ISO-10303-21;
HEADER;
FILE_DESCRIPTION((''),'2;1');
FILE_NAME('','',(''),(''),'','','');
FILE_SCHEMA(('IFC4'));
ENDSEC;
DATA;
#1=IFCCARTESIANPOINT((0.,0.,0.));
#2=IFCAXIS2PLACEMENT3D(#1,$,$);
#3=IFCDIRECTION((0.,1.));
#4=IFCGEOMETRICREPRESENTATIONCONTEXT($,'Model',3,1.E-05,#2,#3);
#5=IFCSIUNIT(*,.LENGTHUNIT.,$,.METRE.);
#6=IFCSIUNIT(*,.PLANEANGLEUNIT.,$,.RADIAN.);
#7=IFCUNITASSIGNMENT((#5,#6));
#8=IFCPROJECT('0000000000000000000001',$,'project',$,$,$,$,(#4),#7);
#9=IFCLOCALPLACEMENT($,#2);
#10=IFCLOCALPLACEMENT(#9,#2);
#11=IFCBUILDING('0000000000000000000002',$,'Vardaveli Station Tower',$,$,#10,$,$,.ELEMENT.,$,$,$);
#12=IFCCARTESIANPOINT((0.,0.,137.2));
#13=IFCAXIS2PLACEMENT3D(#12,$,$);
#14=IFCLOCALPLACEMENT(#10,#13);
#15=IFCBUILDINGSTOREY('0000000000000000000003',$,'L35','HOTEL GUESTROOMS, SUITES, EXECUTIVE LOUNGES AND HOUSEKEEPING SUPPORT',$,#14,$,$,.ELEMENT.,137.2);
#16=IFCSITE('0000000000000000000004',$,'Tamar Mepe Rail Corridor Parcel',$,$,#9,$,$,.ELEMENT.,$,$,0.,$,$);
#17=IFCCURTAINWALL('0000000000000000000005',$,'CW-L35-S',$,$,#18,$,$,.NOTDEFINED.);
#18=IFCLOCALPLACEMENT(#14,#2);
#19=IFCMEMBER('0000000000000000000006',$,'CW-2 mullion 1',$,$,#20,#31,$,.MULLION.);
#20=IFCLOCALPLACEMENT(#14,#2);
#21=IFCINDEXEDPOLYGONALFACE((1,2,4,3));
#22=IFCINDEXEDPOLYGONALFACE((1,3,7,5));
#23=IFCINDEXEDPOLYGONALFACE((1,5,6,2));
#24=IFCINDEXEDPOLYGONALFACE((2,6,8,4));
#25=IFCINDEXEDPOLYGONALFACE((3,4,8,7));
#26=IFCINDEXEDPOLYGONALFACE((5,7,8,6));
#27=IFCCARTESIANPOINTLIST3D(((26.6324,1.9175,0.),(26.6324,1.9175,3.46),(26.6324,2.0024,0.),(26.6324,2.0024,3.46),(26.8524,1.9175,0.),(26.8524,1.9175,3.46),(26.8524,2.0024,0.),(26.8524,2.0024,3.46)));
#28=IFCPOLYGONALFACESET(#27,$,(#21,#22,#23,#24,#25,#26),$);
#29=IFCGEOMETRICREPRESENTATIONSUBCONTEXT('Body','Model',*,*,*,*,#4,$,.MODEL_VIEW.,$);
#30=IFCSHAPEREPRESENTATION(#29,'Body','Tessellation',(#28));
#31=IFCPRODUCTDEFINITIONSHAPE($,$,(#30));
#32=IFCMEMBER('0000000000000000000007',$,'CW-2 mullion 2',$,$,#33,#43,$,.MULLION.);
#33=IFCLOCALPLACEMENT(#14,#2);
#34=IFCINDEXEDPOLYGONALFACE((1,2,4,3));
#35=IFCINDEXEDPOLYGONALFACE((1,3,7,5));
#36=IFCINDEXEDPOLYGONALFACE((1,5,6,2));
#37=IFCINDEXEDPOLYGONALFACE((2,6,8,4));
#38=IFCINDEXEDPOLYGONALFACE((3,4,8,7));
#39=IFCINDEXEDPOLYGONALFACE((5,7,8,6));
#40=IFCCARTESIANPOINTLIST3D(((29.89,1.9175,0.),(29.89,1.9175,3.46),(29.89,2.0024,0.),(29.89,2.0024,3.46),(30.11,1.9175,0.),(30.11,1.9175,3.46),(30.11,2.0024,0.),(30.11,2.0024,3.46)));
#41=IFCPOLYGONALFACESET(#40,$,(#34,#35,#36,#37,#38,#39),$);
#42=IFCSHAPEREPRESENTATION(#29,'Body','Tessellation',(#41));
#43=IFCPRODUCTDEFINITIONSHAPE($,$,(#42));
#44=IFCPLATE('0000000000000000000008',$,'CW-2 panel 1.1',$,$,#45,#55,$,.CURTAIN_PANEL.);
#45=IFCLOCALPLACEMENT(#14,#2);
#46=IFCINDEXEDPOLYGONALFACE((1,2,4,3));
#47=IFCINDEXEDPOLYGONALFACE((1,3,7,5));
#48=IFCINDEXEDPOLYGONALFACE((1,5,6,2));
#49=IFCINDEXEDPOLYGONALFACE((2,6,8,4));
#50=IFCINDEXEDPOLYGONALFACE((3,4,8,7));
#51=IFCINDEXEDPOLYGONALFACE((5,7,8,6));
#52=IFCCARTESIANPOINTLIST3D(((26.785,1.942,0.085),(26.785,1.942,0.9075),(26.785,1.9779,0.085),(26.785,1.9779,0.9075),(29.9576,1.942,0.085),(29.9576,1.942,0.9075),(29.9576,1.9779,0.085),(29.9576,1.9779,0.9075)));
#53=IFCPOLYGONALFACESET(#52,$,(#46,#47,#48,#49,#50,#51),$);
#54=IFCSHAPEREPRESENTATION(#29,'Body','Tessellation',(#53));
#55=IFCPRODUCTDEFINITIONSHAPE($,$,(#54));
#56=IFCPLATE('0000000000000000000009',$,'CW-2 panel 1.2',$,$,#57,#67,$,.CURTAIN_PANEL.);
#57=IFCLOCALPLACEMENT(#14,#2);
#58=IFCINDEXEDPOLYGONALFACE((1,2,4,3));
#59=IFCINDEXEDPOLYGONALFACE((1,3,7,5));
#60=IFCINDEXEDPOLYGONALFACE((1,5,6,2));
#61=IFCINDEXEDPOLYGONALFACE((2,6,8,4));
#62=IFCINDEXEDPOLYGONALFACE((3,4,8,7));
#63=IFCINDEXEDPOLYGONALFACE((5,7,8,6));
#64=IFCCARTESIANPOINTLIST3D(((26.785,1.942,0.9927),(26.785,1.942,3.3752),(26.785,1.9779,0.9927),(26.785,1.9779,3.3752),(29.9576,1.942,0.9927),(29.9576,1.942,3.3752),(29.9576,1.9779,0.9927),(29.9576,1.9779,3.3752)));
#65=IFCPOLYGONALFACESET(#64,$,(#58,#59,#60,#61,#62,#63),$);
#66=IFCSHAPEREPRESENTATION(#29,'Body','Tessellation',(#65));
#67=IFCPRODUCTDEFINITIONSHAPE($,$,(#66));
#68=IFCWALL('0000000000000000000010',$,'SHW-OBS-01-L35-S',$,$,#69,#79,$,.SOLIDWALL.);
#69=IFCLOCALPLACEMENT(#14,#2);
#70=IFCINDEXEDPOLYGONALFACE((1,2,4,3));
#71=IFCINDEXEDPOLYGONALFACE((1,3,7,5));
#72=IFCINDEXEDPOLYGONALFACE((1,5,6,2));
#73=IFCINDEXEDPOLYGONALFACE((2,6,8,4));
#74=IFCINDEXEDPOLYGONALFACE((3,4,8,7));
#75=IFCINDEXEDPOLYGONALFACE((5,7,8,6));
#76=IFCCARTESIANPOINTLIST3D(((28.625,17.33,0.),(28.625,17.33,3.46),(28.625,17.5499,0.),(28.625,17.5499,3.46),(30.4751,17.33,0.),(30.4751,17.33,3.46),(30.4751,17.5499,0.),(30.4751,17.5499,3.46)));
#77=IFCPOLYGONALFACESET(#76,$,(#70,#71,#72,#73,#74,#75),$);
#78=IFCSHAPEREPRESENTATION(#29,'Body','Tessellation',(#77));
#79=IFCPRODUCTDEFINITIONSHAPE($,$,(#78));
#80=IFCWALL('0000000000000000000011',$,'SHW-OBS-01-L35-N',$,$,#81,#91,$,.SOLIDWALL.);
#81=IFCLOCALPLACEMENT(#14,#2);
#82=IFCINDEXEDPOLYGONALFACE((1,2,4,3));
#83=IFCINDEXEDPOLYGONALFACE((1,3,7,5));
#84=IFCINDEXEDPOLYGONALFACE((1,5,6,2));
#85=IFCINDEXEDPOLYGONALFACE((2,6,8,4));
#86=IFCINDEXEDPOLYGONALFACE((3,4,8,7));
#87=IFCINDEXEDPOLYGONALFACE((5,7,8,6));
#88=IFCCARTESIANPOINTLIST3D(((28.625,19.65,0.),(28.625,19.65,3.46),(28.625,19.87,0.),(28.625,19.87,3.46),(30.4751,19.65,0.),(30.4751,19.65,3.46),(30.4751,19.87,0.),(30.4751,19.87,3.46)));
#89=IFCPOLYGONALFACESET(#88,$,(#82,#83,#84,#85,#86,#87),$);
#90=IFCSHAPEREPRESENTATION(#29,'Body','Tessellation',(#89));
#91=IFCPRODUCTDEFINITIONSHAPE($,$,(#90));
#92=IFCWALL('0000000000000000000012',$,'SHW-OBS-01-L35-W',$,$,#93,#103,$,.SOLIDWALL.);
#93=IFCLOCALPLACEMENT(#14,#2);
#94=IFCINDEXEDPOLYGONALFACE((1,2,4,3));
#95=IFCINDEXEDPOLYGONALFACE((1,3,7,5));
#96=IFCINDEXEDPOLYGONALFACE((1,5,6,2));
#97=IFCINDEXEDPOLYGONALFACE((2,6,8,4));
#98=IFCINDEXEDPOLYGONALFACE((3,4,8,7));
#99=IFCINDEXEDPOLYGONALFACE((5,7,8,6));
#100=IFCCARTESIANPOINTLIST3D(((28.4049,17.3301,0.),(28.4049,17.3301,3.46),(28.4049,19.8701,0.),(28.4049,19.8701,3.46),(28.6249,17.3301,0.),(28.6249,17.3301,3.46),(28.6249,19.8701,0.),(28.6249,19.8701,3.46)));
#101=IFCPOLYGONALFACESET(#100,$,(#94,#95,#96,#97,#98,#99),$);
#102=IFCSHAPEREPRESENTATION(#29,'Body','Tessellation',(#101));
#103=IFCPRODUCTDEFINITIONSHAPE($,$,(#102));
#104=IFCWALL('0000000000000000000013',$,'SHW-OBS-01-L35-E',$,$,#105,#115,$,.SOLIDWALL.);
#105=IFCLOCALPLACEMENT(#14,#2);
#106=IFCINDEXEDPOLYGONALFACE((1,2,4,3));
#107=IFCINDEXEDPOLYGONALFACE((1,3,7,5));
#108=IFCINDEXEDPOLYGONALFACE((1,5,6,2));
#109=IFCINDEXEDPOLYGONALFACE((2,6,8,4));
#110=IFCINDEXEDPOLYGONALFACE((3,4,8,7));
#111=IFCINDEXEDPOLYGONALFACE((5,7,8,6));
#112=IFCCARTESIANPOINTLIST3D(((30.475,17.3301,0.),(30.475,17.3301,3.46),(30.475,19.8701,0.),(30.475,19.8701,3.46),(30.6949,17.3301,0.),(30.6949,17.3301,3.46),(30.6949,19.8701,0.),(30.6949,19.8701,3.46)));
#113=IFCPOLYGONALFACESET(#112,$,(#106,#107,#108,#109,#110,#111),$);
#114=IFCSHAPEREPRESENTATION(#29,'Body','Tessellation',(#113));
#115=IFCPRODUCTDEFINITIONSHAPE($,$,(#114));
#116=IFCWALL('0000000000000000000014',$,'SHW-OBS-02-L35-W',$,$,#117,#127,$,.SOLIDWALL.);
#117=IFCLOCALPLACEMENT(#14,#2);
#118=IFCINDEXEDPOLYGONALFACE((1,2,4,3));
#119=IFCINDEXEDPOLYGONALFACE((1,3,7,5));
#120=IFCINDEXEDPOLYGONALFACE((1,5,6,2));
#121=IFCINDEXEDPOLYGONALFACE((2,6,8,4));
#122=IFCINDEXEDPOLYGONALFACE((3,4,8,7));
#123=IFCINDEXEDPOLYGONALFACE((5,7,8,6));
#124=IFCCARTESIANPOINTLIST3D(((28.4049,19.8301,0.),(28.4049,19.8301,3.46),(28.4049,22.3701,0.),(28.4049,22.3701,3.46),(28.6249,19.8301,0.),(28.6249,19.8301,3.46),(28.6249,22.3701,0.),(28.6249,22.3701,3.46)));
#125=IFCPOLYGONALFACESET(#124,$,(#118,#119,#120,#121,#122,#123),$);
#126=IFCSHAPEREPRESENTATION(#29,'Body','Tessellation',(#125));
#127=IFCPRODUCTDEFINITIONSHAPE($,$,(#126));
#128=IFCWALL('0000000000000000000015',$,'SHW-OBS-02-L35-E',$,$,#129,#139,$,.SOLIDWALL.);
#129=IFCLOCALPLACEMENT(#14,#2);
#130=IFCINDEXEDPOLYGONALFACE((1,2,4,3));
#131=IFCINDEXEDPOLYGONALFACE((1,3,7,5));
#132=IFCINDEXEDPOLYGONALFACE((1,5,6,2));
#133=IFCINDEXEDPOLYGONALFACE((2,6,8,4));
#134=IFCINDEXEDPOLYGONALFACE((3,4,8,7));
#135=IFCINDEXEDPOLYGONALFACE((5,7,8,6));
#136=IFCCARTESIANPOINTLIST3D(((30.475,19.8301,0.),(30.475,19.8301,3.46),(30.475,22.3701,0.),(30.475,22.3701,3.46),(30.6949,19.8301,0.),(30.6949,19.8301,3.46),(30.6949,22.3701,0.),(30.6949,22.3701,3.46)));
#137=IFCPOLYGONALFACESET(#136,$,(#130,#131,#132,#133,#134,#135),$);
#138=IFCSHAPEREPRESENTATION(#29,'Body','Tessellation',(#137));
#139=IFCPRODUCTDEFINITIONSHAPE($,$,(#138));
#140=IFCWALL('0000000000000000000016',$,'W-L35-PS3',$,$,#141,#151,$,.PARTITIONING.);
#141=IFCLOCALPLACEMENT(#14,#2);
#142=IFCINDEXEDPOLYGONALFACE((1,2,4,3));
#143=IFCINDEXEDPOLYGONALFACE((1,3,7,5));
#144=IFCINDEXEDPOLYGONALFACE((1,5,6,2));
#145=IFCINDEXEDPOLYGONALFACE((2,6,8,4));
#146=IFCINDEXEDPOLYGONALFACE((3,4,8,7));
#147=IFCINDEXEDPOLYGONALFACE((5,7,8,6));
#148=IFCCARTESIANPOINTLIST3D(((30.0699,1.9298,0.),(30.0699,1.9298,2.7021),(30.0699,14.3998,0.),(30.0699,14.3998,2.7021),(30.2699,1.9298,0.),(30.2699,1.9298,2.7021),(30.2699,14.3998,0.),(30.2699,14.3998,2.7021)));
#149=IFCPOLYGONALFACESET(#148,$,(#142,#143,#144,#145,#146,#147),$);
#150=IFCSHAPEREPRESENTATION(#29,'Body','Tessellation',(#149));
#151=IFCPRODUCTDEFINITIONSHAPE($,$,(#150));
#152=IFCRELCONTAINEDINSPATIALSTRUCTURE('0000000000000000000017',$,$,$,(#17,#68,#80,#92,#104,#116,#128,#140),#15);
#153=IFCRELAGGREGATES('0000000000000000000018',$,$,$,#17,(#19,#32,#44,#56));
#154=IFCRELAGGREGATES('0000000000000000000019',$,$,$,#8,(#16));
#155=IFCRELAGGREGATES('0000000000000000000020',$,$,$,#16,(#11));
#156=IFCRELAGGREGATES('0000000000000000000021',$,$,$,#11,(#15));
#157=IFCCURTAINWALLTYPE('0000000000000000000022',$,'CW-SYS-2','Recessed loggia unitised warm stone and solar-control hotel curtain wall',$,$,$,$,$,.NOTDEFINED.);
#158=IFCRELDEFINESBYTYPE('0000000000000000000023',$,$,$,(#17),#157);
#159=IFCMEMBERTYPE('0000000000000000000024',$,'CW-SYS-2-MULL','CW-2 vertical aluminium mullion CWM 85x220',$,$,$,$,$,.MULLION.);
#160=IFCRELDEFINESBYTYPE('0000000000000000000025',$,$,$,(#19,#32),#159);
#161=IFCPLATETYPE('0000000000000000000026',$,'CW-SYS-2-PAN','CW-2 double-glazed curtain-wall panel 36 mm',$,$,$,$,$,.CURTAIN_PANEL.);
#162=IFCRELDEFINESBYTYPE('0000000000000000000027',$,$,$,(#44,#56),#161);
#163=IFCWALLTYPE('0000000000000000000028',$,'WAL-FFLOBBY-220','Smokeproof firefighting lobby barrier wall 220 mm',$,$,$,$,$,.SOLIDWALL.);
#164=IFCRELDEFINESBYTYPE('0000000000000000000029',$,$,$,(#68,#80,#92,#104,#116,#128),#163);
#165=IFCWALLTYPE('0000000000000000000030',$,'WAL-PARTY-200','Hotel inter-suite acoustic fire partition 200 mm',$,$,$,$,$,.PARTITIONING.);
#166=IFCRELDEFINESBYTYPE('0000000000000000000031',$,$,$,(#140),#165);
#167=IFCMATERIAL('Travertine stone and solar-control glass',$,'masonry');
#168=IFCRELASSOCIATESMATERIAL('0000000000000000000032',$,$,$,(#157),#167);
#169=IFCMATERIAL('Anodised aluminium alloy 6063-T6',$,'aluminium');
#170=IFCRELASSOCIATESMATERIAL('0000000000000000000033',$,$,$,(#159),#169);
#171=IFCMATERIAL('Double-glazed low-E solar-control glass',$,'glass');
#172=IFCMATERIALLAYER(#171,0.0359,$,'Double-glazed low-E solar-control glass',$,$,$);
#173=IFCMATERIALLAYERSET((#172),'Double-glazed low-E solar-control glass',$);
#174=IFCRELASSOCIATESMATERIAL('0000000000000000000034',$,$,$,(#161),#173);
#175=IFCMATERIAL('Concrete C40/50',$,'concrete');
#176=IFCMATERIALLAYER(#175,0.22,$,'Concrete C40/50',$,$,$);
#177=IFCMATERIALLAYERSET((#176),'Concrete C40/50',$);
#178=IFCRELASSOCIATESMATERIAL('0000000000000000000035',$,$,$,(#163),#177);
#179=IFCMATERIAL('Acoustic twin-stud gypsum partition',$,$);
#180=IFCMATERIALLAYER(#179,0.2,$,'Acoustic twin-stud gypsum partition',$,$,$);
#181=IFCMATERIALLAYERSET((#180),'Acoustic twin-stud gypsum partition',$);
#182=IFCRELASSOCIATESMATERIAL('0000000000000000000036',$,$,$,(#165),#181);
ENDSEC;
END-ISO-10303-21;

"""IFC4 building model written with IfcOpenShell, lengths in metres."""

from ifc_helpers import new_model, si_unit, direction, frame, frame_2d, origin, origin_2d, place, context, subcontext, project, spatial, rectangle, extrude, source, transform, mapped, material, layer, layer_set, material_profile, profile_set, type_object, element, aggregate, save


model = new_model("IFC4")

# Units and contexts
model_context = context("Model", 3, precision=1e-05, world=origin(), true_north=direction((0.0, 1.0)))
body_context = subcontext(model_context, "Body", "Model", "MODEL_VIEW")
ifc_project = project(units=[si_unit("LENGTHUNIT", "METRE"), si_unit("PLANEANGLEUNIT", "RADIAN")], contexts=[model_context])

# Site, building, storey
site_placement = place(None, origin())
site = spatial("IfcSite", under=ifc_project, at=site_placement, Name="Tamar Mepe Rail Corridor Parcel", CompositionType="ELEMENT", RefElevation=0.0)
building_placement = place(site_placement, origin())
building = spatial("IfcBuilding", under=site, at=building_placement, Name="Vardaveli Station Tower", CompositionType="ELEMENT")
storey_placement = place(building_placement, frame((0.0, 0.0, 137.2)))
storey = spatial("IfcBuildingStorey", under=building, at=storey_placement, Name="L35", Description="HOTEL GUESTROOMS, SUITES, EXECUTIVE LOUNGES AND HOUSEKEEPING SUPPORT", CompositionType="ELEMENT", Elevation=137.2)

# Curtain wall, members, plates
ifc_material_1 = material(Name="Travertine stone and solar-control glass", Category="masonry")
curtain_wall_type = type_object("IfcCurtainWallType", Name="CW-SYS-2", Description="Recessed loggia unitised warm stone and solar-control hotel curtain wall", PredefinedType="NOTDEFINED", material=ifc_material_1)
curtain_wall_placement = place(storey_placement, origin())
curtain_wall = element("IfcCurtainWall", 1, at=curtain_wall_placement, inside=storey, type_object=curtain_wall_type, Name="CW-L35-S", PredefinedType="NOTDEFINED")
ifc_material_2 = material(Name="Anodised aluminium alloy 6063-T6", Category="aluminium")
ifc_material_profile_1 = material_profile(ifc_material_2, rectangle(XDim=0.085, YDim=0.22, at=origin_2d()), Name="CWM 85x220")
ifc_profile_set_1 = profile_set([ifc_material_profile_1], Name="Anodised aluminium alloy 6063-T6")
member_type_1 = type_object("IfcMemberType", Name="CW-SYS-2-MULL", Description="CW-2 vertical aluminium mullion CWM 85x220", PredefinedType="MULLION", material=ifc_profile_set_1)
shared_shape_1 = source(origin(), body_context, "Body", "SweptSolid", [
    extrude(rectangle(XDim=0.085, YDim=0.22, at=origin_2d()), origin(), (0.0, 0.0, 1.0), 3.46),
])
member_1_placement = place(storey_placement, frame((26.7424, 1.96, 0.0), z_axis=(0.0, 0.0, 1.0), x_axis=(0.0, 1.0, 0.0)))
member_1 = element("IfcMember", 2, at=member_1_placement, type_object=member_type_1, Name="CW-2 mullion 1", PredefinedType="MULLION", context=body_context, shape_type="MappedRepresentation", body=[
    mapped(shared_shape_1, transform((0.0, 0.0, 0.0), scale=1.0)),
])
member_2_placement = place(storey_placement, frame((30.0, 1.96, 0.0), z_axis=(0.0, 0.0, 1.0), x_axis=(0.0, 1.0, 0.0)))
member_2 = element("IfcMember", 3, at=member_2_placement, type_object=member_type_1, Name="CW-2 mullion 2", PredefinedType="MULLION", context=body_context, shape_type="MappedRepresentation", body=[
    mapped(shared_shape_1, transform((0.0, 0.0, 0.0), scale=1.0)),
])
ifc_material_3 = material(Name="Double-glazed low-E solar-control glass", Category="glass")
ifc_layer_1 = layer(ifc_material_3, 0.0359, Name="Double-glazed low-E solar-control glass")
ifc_layer_set_1 = layer_set([ifc_layer_1], Name="Double-glazed low-E solar-control glass")
plate_type = type_object("IfcPlateType", Name="CW-SYS-2-PAN", Description="CW-2 double-glazed curtain-wall panel 36 mm", PredefinedType="CURTAIN_PANEL", material=ifc_layer_set_1)
shared_shape_2 = source(origin(), body_context, "Body", "SweptSolid", [
    extrude(rectangle(XDim=3.1726, YDim=0.0359, at=origin_2d()), origin(), (0.0, 0.0, 1.0), 0.8225),
])
plate_1_placement = place(storey_placement, frame((28.3713, 1.96, 0.085), z_axis=(0.0, 0.0, 1.0), x_axis=(1.0, 0.0, 0.0)))
plate_1 = element("IfcPlate", 4, at=plate_1_placement, type_object=plate_type, Name="CW-2 panel 1.1", PredefinedType="CURTAIN_PANEL", context=body_context, shape_type="MappedRepresentation", body=[
    mapped(shared_shape_2, transform((0.0, 0.0, 0.0), scale=1.0)),
])
shared_shape_3 = source(origin(), body_context, "Body", "SweptSolid", [
    extrude(rectangle(XDim=3.1726, YDim=0.0359, at=origin_2d()), origin(), (0.0, 0.0, 1.0), 2.3826),
])
plate_2_placement = place(storey_placement, frame((28.3713, 1.96, 0.9927), z_axis=(0.0, 0.0, 1.0), x_axis=(1.0, 0.0, 0.0)))
plate_2 = element("IfcPlate", 5, at=plate_2_placement, type_object=plate_type, Name="CW-2 panel 1.2", PredefinedType="CURTAIN_PANEL", context=body_context, shape_type="MappedRepresentation", body=[
    mapped(shared_shape_3, transform((0.0, 0.0, 0.0), scale=1.0)),
])
aggregate(curtain_wall, [member_1, member_2, plate_1, plate_2])

# Walls
ifc_material_4 = material(Name="Concrete C40/50", Category="concrete")
ifc_layer_2 = layer(ifc_material_4, 0.22, Name="Concrete C40/50")
ifc_layer_set_2 = layer_set([ifc_layer_2], Name="Concrete C40/50")
wall_type_1 = type_object("IfcWallType", Name="WAL-FFLOBBY-220", Description="Smokeproof firefighting lobby barrier wall 220 mm", PredefinedType="SOLIDWALL", material=ifc_layer_set_2)
shared_shape_4 = source(origin(), body_context, "Body", "SweptSolid", [
    extrude(rectangle(XDim=1.8501, YDim=0.22, at=frame_2d((0.925, 0.0))), origin(), (0.0, 0.0, 1.0), 3.46),
])
for number, where, z_axis, x_axis, name in (
    (6, (28.625, 17.4399, 0.0), (0.0, 0.0, 1.0), (1.0, 0.0, 0.0), "SHW-OBS-01-L35-S"),
    (7, (28.625, 19.76, 0.0), (0.0, 0.0, 1.0), (1.0, 0.0, 0.0), "SHW-OBS-01-L35-N"),
):
    element("IfcWall", number, at=place(storey_placement, frame(where, z_axis=z_axis, x_axis=x_axis)), inside=storey, type_object=wall_type_1, Name=name, PredefinedType="SOLIDWALL", context=body_context, shape_type="MappedRepresentation", body=[
        mapped(shared_shape_4, transform((0.0, 0.0, 0.0), scale=1.0)),
    ])
shared_shape_5 = source(origin(), body_context, "Body", "SweptSolid", [
    extrude(rectangle(XDim=2.54, YDim=0.22, at=frame_2d((1.27, 0.0))), origin(), (0.0, 0.0, 1.0), 3.46),
])
for number, where, z_axis, x_axis, name in (
    (8, (28.5149, 17.3301, 0.0), (0.0, 0.0, 1.0), (0.0, 1.0, 0.0), "SHW-OBS-01-L35-W"),
    (9, (30.585, 17.3301, 0.0), (0.0, 0.0, 1.0), (0.0, 1.0, 0.0), "SHW-OBS-01-L35-E"),
    (10, (28.5149, 19.8301, 0.0), (0.0, 0.0, 1.0), (0.0, 1.0, 0.0), "SHW-OBS-02-L35-W"),
    (11, (30.585, 19.8301, 0.0), (0.0, 0.0, 1.0), (0.0, 1.0, 0.0), "SHW-OBS-02-L35-E"),
):
    element("IfcWall", number, at=place(storey_placement, frame(where, z_axis=z_axis, x_axis=x_axis)), inside=storey, type_object=wall_type_1, Name=name, PredefinedType="SOLIDWALL", context=body_context, shape_type="MappedRepresentation", body=[
        mapped(shared_shape_5, transform((0.0, 0.0, 0.0), scale=1.0)),
    ])
ifc_material_5 = material(Name="Acoustic twin-stud gypsum partition")
ifc_layer_3 = layer(ifc_material_5, 0.2, Name="Acoustic twin-stud gypsum partition")
ifc_layer_set_3 = layer_set([ifc_layer_3], Name="Acoustic twin-stud gypsum partition")
wall_type_2 = type_object("IfcWallType", Name="WAL-PARTY-200", Description="Hotel inter-suite acoustic fire partition 200 mm", PredefinedType="PARTITIONING", material=ifc_layer_set_3)
shared_shape_6 = source(origin(), body_context, "Body", "SweptSolid", [
    extrude(rectangle(XDim=12.47, YDim=0.2, at=frame_2d((6.2349, 0.0))), origin(), (0.0, 0.0, 1.0), 2.7021),
])
wall_placement = place(storey_placement, frame((30.1699, 1.9299, 0.0), z_axis=(0.0, 0.0, 1.0), x_axis=(0.0, 1.0, 0.0)))
element("IfcWall", 12, at=wall_placement, inside=storey, type_object=wall_type_2, Name="W-L35-PS3", PredefinedType="PARTITIONING", context=body_context, shape_type="MappedRepresentation", body=[
    mapped(shared_shape_6, transform((0.0, 0.0, 0.0), scale=1.0)),
])

save(model, "model.ifc")
